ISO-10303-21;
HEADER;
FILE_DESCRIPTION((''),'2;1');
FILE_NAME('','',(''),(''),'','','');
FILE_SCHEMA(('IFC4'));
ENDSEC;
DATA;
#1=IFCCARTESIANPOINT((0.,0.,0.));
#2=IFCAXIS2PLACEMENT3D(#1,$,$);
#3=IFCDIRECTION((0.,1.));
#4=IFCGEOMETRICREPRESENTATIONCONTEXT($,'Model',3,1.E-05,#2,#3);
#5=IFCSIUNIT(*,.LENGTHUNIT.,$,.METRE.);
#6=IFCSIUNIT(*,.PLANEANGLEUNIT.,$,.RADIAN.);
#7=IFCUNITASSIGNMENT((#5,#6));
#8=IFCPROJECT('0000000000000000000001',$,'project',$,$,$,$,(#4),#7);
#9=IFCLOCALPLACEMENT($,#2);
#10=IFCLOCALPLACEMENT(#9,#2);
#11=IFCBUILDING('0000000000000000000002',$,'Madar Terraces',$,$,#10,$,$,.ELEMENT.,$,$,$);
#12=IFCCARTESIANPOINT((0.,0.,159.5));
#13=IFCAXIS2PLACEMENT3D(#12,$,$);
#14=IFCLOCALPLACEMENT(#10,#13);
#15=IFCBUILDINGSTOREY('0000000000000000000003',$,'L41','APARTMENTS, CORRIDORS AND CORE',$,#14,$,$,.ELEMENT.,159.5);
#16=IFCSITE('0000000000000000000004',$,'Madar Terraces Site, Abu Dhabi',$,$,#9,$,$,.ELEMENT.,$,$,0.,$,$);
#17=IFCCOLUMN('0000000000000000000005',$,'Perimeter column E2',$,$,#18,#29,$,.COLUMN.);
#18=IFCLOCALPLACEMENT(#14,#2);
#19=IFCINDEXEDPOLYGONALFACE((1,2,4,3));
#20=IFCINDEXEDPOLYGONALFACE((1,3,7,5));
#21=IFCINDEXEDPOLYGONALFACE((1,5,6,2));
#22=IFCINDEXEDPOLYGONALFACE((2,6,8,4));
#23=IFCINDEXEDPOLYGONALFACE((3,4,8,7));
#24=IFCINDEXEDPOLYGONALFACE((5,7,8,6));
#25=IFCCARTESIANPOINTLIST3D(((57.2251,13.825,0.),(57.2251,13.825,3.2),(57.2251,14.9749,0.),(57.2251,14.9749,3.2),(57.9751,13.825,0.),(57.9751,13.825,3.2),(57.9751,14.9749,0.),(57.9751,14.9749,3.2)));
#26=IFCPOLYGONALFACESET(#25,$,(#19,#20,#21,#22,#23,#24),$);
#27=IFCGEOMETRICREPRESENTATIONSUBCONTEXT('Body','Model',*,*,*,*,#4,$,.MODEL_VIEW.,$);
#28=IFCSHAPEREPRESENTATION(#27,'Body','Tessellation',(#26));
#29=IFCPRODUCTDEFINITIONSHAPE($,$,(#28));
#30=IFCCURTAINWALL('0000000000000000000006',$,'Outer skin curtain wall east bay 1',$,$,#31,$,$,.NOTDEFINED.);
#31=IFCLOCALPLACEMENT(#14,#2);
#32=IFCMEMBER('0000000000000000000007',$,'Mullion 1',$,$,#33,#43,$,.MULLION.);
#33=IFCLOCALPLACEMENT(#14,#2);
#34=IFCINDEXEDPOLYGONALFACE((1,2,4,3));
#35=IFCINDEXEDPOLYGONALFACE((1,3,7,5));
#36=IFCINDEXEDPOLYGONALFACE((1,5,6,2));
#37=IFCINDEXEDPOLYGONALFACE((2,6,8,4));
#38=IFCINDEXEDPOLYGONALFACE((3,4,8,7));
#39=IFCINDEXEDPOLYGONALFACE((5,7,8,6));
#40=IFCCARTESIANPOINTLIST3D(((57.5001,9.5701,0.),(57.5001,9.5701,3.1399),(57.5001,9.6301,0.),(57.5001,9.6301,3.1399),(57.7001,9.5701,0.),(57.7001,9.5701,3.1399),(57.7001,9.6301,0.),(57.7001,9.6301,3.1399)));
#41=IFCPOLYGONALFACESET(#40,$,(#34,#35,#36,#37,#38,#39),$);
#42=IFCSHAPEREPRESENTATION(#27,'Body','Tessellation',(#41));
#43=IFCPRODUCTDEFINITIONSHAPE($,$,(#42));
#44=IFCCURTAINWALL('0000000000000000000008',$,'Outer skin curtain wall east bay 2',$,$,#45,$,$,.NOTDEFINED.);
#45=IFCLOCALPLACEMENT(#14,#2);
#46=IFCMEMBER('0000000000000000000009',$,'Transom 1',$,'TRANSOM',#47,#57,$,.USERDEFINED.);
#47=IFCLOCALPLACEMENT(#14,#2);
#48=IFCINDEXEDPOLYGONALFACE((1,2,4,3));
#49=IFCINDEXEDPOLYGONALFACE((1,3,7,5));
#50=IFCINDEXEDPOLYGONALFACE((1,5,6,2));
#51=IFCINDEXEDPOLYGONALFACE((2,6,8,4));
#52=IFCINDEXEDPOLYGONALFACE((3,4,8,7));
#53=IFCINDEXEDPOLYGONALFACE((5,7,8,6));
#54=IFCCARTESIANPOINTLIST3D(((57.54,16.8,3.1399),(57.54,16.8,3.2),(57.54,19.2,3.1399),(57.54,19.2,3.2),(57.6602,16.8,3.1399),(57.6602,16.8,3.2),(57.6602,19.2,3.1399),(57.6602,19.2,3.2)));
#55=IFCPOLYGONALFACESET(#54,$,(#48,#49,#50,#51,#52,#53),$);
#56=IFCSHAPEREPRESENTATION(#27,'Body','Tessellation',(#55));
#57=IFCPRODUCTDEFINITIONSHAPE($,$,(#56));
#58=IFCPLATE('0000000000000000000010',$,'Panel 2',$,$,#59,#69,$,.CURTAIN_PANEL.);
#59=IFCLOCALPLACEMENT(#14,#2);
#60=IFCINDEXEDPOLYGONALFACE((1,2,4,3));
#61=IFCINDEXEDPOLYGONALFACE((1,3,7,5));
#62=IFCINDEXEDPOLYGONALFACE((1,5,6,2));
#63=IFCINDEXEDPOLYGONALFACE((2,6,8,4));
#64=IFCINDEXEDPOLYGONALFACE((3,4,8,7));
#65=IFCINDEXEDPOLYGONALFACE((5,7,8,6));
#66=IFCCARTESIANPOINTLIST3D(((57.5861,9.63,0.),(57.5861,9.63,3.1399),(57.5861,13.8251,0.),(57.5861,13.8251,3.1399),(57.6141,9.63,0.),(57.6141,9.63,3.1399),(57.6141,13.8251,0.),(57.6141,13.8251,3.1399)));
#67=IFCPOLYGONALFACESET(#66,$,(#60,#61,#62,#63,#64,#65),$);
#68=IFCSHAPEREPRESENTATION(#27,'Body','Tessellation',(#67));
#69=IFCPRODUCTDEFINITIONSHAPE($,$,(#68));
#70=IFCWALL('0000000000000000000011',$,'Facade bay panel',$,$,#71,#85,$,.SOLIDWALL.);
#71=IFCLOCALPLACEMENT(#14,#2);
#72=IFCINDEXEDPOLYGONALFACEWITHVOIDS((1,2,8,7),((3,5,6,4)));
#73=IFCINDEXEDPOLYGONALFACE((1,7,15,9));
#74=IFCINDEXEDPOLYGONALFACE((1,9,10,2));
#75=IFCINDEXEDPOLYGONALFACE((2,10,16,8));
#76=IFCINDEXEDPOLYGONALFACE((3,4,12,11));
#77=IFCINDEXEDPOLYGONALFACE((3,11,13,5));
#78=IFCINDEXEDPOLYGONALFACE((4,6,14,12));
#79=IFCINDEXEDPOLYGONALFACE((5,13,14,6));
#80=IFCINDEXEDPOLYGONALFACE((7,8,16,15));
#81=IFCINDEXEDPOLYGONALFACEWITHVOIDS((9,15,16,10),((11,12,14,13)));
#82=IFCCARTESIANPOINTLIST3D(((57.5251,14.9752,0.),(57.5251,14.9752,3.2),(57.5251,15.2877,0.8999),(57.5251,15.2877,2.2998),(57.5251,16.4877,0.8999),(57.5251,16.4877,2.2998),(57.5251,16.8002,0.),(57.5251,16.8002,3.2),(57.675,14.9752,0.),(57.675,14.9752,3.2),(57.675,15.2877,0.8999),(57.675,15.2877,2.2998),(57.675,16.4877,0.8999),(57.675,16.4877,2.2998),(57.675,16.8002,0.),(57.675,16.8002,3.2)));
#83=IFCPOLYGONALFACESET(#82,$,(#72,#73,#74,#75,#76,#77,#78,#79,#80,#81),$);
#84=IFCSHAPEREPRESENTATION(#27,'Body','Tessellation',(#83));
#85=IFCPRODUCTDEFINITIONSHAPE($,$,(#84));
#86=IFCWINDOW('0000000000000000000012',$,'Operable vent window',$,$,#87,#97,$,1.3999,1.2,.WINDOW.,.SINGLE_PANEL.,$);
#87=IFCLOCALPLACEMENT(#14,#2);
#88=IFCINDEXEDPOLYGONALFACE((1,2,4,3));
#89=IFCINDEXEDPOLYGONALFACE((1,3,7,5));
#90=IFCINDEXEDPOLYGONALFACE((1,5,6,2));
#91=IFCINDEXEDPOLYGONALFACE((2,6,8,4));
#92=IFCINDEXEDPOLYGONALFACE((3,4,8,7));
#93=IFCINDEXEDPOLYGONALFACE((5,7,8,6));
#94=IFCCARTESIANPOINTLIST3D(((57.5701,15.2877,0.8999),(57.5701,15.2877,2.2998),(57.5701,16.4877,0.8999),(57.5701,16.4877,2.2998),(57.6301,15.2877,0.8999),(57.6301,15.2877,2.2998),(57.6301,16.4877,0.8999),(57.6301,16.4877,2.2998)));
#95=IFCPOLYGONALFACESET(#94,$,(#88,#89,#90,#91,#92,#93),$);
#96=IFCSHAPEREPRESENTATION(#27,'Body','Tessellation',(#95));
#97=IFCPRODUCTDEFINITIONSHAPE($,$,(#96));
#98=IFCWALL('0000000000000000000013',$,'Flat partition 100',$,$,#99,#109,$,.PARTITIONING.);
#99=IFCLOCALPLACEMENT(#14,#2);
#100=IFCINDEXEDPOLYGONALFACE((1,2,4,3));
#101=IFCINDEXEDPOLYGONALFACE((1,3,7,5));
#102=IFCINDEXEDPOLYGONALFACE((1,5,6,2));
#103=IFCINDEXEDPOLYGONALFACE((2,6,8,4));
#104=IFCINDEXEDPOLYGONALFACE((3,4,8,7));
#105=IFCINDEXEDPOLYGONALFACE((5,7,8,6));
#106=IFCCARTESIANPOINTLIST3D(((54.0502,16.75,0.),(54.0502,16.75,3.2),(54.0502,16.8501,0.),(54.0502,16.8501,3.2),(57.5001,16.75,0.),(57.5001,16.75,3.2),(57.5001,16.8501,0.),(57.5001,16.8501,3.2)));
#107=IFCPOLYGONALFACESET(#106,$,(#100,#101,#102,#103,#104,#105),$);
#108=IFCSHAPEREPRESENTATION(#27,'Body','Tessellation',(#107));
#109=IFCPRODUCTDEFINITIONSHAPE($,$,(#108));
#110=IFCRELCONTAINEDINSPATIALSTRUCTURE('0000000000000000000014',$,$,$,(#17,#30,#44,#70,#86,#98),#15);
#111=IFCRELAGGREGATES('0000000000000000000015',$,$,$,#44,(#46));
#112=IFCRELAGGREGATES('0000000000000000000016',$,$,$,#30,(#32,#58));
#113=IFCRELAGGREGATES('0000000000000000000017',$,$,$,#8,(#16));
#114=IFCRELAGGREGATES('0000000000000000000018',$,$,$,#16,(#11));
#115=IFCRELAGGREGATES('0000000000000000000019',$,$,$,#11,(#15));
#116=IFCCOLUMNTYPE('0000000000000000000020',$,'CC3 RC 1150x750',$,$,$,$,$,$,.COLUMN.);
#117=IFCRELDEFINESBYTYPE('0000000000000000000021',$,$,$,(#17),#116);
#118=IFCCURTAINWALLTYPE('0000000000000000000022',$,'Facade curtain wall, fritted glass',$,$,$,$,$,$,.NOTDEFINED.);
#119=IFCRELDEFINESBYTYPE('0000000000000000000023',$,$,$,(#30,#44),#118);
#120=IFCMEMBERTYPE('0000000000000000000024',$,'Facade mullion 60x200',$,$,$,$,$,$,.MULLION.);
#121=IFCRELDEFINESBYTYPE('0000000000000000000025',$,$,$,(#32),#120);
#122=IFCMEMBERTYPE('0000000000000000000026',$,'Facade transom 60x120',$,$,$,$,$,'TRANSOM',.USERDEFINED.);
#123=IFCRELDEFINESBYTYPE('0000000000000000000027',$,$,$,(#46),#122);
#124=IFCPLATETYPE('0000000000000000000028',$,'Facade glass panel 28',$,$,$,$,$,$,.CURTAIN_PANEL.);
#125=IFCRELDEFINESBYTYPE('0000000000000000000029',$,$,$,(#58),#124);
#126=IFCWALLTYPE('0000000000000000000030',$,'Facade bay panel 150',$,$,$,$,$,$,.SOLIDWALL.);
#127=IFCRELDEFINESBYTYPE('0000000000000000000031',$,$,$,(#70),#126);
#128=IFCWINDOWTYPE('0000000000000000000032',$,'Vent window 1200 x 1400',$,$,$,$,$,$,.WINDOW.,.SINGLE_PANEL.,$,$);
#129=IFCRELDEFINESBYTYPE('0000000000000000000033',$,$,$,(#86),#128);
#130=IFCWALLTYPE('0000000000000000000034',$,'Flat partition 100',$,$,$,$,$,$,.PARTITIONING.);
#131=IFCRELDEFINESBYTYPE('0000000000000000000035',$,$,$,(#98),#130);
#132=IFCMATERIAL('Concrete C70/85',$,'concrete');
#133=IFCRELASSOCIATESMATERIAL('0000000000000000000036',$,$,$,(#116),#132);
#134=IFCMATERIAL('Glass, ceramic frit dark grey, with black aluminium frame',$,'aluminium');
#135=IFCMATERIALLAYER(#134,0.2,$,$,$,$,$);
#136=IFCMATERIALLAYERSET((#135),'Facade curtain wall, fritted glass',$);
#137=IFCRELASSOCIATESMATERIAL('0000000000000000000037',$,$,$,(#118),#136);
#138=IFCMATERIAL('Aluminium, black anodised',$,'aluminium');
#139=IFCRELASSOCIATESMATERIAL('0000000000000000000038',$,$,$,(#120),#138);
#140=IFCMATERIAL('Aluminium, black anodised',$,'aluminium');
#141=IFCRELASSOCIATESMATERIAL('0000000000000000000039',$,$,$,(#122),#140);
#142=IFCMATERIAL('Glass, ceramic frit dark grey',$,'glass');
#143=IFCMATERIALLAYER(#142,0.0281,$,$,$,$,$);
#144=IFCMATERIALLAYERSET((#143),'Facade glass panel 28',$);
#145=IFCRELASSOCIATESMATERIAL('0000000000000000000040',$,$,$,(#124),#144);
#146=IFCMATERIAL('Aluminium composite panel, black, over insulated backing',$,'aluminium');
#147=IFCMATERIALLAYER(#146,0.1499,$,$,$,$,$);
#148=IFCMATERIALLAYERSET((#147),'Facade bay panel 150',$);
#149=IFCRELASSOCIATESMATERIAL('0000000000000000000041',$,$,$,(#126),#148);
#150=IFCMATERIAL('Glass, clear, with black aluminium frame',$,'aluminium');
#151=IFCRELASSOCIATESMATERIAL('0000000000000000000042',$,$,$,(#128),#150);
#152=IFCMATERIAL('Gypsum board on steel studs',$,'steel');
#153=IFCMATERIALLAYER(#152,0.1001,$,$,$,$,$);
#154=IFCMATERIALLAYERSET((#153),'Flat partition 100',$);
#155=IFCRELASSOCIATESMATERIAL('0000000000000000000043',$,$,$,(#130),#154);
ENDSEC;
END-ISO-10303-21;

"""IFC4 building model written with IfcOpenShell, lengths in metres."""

from ifc_helpers import new_model, si_unit, direction, frame, frame_2d, origin, origin_2d, place, context, subcontext, project, spatial, rectangle, extrude, material, layer, layer_set, material_profile, profile_set, type_object, element, fill, aggregate, save


model = new_model("IFC4")

# Units and contexts
model_context = context("Model", 3, precision=1e-05, world=origin(), true_north=direction((0.0, 1.0)))
body_context = subcontext(model_context, "Body", "Model", "MODEL_VIEW")
ifc_project = project(units=[si_unit("LENGTHUNIT", "METRE"), si_unit("PLANEANGLEUNIT", "RADIAN")], contexts=[model_context])

# Site, building, storey
site_placement = place(None, origin())
site = spatial("IfcSite", under=ifc_project, at=site_placement, Name="Madar Terraces Site, Abu Dhabi", CompositionType="ELEMENT", RefElevation=0.0)
building_placement = place(site_placement, origin())
building = spatial("IfcBuilding", under=site, at=building_placement, Name="Madar Terraces", CompositionType="ELEMENT")
storey_placement = place(building_placement, frame((0.0, 0.0, 159.5)))
storey = spatial("IfcBuildingStorey", under=building, at=storey_placement, Name="L41", Description="APARTMENTS, CORRIDORS AND CORE", CompositionType="ELEMENT", Elevation=159.5)

# Column
ifc_material_1 = material(Name="Concrete C70/85", Category="concrete")
ifc_material_profile_1 = material_profile(ifc_material_1, rectangle(XDim=1.1499, YDim=0.75, at=origin_2d()), Name="CC3 RC 1150x750")
ifc_profile_set_1 = profile_set([ifc_material_profile_1], Name="Concrete C70/85")
column_type = type_object("IfcColumnType", Name="CC3 RC 1150x750", PredefinedType="COLUMN", material=ifc_profile_set_1)
column_placement = place(storey_placement, frame((57.6001, 14.3999, 0.0), z_axis=(0.0, 0.0, 1.0), x_axis=(0.0, 1.0, 0.0)))
element("IfcColumn", 1, at=column_placement, inside=storey, type_object=column_type, Name="Perimeter column E2", PredefinedType="COLUMN", context=body_context, shape_type="SweptSolid", body=[
    extrude(rectangle(XDim=1.1499, YDim=0.75, at=origin_2d()), origin(), (0.0, 0.0, 1.0), 3.2),
])

# Curtain walls, members
ifc_material_2 = material(Name="Glass, ceramic frit dark grey, with black aluminium frame", Category="aluminium")
ifc_layer_1 = layer(ifc_material_2, 0.2)
ifc_layer_set_1 = layer_set([ifc_layer_1], Name="Facade curtain wall, fritted glass")
curtain_wall_type = type_object("IfcCurtainWallType", Name="Facade curtain wall, fritted glass", PredefinedType="NOTDEFINED", material=ifc_layer_set_1)
curtain_wall_1_placement = place(storey_placement, origin())
curtain_wall_1 = element("IfcCurtainWall", 2, at=curtain_wall_1_placement, inside=storey, type_object=curtain_wall_type, Name="Outer skin curtain wall east bay 1", PredefinedType="NOTDEFINED")
ifc_material_3 = material(Name="Aluminium, black anodised", Category="aluminium")
ifc_material_profile_2 = material_profile(ifc_material_3, rectangle(XDim=0.2, YDim=0.0601, at=origin_2d()), Name="Facade mullion 60x200")
ifc_profile_set_2 = profile_set([ifc_material_profile_2], Name="Aluminium, black anodised")
member_type_1 = type_object("IfcMemberType", Name="Facade mullion 60x200", PredefinedType="MULLION", material=ifc_profile_set_2)
member_1_placement = place(storey_placement, frame((57.6001, 9.6001, 0.0), z_axis=(0.0, 0.0, 1.0), x_axis=(-1.0, 0.0, 0.0)))
member_1 = element("IfcMember", 3, at=member_1_placement, type_object=member_type_1, Name="Mullion 1", PredefinedType="MULLION", context=body_context, shape_type="SweptSolid", body=[
    extrude(rectangle(XDim=0.2, YDim=0.0601, at=origin_2d()), origin(), (0.0, 0.0, 1.0), 3.1399),
])
curtain_wall_2_placement = place(storey_placement, origin())
curtain_wall_2 = element("IfcCurtainWall", 4, at=curtain_wall_2_placement, inside=storey, type_object=curtain_wall_type, Name="Outer skin curtain wall east bay 2", PredefinedType="NOTDEFINED")
ifc_material_4 = material(Name="Aluminium, black anodised", Category="aluminium")
ifc_material_profile_3 = material_profile(ifc_material_4, rectangle(XDim=0.1201, YDim=0.0601, at=origin_2d()), Name="Facade transom 60x120")
ifc_profile_set_3 = profile_set([ifc_material_profile_3], Name="Aluminium, black anodised")
member_type_2 = type_object("IfcMemberType", Name="Facade transom 60x120", ElementType="TRANSOM", PredefinedType="USERDEFINED", material=ifc_profile_set_3)
member_2_placement = place(storey_placement, frame((57.6001, 16.8, 3.1699), z_axis=(0.0, 1.0, 0.0), x_axis=(-1.0, 0.0, 0.0)))
member_2 = element("IfcMember", 5, at=member_2_placement, type_object=member_type_2, Name="Transom 1", ObjectType="TRANSOM", PredefinedType="USERDEFINED", context=body_context, shape_type="SweptSolid", body=[
    extrude(rectangle(XDim=0.1201, YDim=0.0601, at=origin_2d()), origin(), (0.0, 0.0, 1.0), 2.3999),
])
aggregate(curtain_wall_2, [member_2])

# Plate
ifc_material_5 = material(Name="Glass, ceramic frit dark grey", Category="glass")
ifc_layer_2 = layer(ifc_material_5, 0.0281)
ifc_layer_set_2 = layer_set([ifc_layer_2], Name="Facade glass panel 28")
plate_type = type_object("IfcPlateType", Name="Facade glass panel 28", PredefinedType="CURTAIN_PANEL", material=ifc_layer_set_2)
plate_placement = place(storey_placement, frame((57.6001, 11.7275, 0.0), z_axis=(0.0, 0.0, 1.0), x_axis=(0.0, 1.0, 0.0)))
plate = element("IfcPlate", 6, at=plate_placement, type_object=plate_type, Name="Panel 2", PredefinedType="CURTAIN_PANEL", context=body_context, shape_type="SweptSolid", body=[
    extrude(rectangle(XDim=4.1951, YDim=0.0281, at=origin_2d()), origin(), (0.0, 0.0, 1.0), 3.1399),
])
aggregate(curtain_wall_1, [member_1, plate])

# Wall, opening, window
ifc_material_6 = material(Name="Aluminium composite panel, black, over insulated backing", Category="aluminium")
ifc_layer_3 = layer(ifc_material_6, 0.1499)
ifc_layer_set_3 = layer_set([ifc_layer_3], Name="Facade bay panel 150")
wall_type_1 = type_object("IfcWallType", Name="Facade bay panel 150", PredefinedType="SOLIDWALL", material=ifc_layer_set_3)
wall_1_placement = place(storey_placement, frame((57.6001, 14.9751, 0.0), z_axis=(0.0, 0.0, 1.0), x_axis=(0.0, 1.0, 0.0)))
wall_1 = element("IfcWall", 7, at=wall_1_placement, inside=storey, type_object=wall_type_1, Name="Facade bay panel", PredefinedType="SOLIDWALL", context=body_context, shape_type="SweptSolid", body=[
    extrude(rectangle(XDim=1.825, YDim=0.1499, at=frame_2d((0.9126, 0.0))), origin(), (0.0, 0.0, 1.0), 3.2),
])
opening_1_placement = place(wall_1_placement, frame((0.3125, 0.0, 0.8999)))
opening_1 = element("IfcOpeningElement", 8, at=opening_1_placement, cuts=wall_1, PredefinedType="OPENING", context=body_context, shape_type="SweptSolid", body=[
    extrude(rectangle(XDim=1.2, YDim=1.3999, at=frame_2d((0.6001, 0.7))), frame((0.0, 0.085, 0.0), z_axis=(0.0, -1.0, 0.0), x_axis=(1.0, 0.0, 0.0)), (0.0, 0.0, 1.0), 0.1699),
])
ifc_material_7 = material(Name="Glass, clear, with black aluminium frame", Category="aluminium")
window_type = type_object("IfcWindowType", Name="Vent window 1200 x 1400", PartitioningType="SINGLE_PANEL", PredefinedType="WINDOW", material=ifc_material_7)
window_placement = place(opening_1_placement, origin())
window = element("IfcWindow", 9, at=window_placement, inside=storey, type_object=window_type, Name="Operable vent window", OverallHeight=1.3999, OverallWidth=1.2, PartitioningType="SINGLE_PANEL", PredefinedType="WINDOW", context=body_context, shape_type="SweptSolid", body=[
    extrude(rectangle(XDim=1.2, YDim=1.3999, at=frame_2d((0.6001, 0.7))), frame((0.0, 0.03, 0.0), z_axis=(0.0, -1.0, 0.0), x_axis=(1.0, 0.0, 0.0)), (0.0, 0.0, 1.0), 0.0601),
])
fill(opening_1, window)

# Wall
ifc_material_8 = material(Name="Gypsum board on steel studs", Category="steel")
ifc_layer_4 = layer(ifc_material_8, 0.1001)
ifc_layer_set_4 = layer_set([ifc_layer_4], Name="Flat partition 100")
wall_type_2 = type_object("IfcWallType", Name="Flat partition 100", PredefinedType="PARTITIONING", material=ifc_layer_set_4)
wall_2_placement = place(storey_placement, frame((54.05, 16.8, 0.0), z_axis=(0.0, 0.0, 1.0), x_axis=(1.0, 0.0, 0.0)))
element("IfcWall", 10, at=wall_2_placement, inside=storey, type_object=wall_type_2, Name="Flat partition 100", PredefinedType="PARTITIONING", context=body_context, shape_type="SweptSolid", body=[
    extrude(rectangle(XDim=3.45, YDim=0.1001, at=frame_2d((1.7251, 0.0))), origin(), (0.0, 0.0, 1.0), 3.2),
])

save(model, "model.ifc")
